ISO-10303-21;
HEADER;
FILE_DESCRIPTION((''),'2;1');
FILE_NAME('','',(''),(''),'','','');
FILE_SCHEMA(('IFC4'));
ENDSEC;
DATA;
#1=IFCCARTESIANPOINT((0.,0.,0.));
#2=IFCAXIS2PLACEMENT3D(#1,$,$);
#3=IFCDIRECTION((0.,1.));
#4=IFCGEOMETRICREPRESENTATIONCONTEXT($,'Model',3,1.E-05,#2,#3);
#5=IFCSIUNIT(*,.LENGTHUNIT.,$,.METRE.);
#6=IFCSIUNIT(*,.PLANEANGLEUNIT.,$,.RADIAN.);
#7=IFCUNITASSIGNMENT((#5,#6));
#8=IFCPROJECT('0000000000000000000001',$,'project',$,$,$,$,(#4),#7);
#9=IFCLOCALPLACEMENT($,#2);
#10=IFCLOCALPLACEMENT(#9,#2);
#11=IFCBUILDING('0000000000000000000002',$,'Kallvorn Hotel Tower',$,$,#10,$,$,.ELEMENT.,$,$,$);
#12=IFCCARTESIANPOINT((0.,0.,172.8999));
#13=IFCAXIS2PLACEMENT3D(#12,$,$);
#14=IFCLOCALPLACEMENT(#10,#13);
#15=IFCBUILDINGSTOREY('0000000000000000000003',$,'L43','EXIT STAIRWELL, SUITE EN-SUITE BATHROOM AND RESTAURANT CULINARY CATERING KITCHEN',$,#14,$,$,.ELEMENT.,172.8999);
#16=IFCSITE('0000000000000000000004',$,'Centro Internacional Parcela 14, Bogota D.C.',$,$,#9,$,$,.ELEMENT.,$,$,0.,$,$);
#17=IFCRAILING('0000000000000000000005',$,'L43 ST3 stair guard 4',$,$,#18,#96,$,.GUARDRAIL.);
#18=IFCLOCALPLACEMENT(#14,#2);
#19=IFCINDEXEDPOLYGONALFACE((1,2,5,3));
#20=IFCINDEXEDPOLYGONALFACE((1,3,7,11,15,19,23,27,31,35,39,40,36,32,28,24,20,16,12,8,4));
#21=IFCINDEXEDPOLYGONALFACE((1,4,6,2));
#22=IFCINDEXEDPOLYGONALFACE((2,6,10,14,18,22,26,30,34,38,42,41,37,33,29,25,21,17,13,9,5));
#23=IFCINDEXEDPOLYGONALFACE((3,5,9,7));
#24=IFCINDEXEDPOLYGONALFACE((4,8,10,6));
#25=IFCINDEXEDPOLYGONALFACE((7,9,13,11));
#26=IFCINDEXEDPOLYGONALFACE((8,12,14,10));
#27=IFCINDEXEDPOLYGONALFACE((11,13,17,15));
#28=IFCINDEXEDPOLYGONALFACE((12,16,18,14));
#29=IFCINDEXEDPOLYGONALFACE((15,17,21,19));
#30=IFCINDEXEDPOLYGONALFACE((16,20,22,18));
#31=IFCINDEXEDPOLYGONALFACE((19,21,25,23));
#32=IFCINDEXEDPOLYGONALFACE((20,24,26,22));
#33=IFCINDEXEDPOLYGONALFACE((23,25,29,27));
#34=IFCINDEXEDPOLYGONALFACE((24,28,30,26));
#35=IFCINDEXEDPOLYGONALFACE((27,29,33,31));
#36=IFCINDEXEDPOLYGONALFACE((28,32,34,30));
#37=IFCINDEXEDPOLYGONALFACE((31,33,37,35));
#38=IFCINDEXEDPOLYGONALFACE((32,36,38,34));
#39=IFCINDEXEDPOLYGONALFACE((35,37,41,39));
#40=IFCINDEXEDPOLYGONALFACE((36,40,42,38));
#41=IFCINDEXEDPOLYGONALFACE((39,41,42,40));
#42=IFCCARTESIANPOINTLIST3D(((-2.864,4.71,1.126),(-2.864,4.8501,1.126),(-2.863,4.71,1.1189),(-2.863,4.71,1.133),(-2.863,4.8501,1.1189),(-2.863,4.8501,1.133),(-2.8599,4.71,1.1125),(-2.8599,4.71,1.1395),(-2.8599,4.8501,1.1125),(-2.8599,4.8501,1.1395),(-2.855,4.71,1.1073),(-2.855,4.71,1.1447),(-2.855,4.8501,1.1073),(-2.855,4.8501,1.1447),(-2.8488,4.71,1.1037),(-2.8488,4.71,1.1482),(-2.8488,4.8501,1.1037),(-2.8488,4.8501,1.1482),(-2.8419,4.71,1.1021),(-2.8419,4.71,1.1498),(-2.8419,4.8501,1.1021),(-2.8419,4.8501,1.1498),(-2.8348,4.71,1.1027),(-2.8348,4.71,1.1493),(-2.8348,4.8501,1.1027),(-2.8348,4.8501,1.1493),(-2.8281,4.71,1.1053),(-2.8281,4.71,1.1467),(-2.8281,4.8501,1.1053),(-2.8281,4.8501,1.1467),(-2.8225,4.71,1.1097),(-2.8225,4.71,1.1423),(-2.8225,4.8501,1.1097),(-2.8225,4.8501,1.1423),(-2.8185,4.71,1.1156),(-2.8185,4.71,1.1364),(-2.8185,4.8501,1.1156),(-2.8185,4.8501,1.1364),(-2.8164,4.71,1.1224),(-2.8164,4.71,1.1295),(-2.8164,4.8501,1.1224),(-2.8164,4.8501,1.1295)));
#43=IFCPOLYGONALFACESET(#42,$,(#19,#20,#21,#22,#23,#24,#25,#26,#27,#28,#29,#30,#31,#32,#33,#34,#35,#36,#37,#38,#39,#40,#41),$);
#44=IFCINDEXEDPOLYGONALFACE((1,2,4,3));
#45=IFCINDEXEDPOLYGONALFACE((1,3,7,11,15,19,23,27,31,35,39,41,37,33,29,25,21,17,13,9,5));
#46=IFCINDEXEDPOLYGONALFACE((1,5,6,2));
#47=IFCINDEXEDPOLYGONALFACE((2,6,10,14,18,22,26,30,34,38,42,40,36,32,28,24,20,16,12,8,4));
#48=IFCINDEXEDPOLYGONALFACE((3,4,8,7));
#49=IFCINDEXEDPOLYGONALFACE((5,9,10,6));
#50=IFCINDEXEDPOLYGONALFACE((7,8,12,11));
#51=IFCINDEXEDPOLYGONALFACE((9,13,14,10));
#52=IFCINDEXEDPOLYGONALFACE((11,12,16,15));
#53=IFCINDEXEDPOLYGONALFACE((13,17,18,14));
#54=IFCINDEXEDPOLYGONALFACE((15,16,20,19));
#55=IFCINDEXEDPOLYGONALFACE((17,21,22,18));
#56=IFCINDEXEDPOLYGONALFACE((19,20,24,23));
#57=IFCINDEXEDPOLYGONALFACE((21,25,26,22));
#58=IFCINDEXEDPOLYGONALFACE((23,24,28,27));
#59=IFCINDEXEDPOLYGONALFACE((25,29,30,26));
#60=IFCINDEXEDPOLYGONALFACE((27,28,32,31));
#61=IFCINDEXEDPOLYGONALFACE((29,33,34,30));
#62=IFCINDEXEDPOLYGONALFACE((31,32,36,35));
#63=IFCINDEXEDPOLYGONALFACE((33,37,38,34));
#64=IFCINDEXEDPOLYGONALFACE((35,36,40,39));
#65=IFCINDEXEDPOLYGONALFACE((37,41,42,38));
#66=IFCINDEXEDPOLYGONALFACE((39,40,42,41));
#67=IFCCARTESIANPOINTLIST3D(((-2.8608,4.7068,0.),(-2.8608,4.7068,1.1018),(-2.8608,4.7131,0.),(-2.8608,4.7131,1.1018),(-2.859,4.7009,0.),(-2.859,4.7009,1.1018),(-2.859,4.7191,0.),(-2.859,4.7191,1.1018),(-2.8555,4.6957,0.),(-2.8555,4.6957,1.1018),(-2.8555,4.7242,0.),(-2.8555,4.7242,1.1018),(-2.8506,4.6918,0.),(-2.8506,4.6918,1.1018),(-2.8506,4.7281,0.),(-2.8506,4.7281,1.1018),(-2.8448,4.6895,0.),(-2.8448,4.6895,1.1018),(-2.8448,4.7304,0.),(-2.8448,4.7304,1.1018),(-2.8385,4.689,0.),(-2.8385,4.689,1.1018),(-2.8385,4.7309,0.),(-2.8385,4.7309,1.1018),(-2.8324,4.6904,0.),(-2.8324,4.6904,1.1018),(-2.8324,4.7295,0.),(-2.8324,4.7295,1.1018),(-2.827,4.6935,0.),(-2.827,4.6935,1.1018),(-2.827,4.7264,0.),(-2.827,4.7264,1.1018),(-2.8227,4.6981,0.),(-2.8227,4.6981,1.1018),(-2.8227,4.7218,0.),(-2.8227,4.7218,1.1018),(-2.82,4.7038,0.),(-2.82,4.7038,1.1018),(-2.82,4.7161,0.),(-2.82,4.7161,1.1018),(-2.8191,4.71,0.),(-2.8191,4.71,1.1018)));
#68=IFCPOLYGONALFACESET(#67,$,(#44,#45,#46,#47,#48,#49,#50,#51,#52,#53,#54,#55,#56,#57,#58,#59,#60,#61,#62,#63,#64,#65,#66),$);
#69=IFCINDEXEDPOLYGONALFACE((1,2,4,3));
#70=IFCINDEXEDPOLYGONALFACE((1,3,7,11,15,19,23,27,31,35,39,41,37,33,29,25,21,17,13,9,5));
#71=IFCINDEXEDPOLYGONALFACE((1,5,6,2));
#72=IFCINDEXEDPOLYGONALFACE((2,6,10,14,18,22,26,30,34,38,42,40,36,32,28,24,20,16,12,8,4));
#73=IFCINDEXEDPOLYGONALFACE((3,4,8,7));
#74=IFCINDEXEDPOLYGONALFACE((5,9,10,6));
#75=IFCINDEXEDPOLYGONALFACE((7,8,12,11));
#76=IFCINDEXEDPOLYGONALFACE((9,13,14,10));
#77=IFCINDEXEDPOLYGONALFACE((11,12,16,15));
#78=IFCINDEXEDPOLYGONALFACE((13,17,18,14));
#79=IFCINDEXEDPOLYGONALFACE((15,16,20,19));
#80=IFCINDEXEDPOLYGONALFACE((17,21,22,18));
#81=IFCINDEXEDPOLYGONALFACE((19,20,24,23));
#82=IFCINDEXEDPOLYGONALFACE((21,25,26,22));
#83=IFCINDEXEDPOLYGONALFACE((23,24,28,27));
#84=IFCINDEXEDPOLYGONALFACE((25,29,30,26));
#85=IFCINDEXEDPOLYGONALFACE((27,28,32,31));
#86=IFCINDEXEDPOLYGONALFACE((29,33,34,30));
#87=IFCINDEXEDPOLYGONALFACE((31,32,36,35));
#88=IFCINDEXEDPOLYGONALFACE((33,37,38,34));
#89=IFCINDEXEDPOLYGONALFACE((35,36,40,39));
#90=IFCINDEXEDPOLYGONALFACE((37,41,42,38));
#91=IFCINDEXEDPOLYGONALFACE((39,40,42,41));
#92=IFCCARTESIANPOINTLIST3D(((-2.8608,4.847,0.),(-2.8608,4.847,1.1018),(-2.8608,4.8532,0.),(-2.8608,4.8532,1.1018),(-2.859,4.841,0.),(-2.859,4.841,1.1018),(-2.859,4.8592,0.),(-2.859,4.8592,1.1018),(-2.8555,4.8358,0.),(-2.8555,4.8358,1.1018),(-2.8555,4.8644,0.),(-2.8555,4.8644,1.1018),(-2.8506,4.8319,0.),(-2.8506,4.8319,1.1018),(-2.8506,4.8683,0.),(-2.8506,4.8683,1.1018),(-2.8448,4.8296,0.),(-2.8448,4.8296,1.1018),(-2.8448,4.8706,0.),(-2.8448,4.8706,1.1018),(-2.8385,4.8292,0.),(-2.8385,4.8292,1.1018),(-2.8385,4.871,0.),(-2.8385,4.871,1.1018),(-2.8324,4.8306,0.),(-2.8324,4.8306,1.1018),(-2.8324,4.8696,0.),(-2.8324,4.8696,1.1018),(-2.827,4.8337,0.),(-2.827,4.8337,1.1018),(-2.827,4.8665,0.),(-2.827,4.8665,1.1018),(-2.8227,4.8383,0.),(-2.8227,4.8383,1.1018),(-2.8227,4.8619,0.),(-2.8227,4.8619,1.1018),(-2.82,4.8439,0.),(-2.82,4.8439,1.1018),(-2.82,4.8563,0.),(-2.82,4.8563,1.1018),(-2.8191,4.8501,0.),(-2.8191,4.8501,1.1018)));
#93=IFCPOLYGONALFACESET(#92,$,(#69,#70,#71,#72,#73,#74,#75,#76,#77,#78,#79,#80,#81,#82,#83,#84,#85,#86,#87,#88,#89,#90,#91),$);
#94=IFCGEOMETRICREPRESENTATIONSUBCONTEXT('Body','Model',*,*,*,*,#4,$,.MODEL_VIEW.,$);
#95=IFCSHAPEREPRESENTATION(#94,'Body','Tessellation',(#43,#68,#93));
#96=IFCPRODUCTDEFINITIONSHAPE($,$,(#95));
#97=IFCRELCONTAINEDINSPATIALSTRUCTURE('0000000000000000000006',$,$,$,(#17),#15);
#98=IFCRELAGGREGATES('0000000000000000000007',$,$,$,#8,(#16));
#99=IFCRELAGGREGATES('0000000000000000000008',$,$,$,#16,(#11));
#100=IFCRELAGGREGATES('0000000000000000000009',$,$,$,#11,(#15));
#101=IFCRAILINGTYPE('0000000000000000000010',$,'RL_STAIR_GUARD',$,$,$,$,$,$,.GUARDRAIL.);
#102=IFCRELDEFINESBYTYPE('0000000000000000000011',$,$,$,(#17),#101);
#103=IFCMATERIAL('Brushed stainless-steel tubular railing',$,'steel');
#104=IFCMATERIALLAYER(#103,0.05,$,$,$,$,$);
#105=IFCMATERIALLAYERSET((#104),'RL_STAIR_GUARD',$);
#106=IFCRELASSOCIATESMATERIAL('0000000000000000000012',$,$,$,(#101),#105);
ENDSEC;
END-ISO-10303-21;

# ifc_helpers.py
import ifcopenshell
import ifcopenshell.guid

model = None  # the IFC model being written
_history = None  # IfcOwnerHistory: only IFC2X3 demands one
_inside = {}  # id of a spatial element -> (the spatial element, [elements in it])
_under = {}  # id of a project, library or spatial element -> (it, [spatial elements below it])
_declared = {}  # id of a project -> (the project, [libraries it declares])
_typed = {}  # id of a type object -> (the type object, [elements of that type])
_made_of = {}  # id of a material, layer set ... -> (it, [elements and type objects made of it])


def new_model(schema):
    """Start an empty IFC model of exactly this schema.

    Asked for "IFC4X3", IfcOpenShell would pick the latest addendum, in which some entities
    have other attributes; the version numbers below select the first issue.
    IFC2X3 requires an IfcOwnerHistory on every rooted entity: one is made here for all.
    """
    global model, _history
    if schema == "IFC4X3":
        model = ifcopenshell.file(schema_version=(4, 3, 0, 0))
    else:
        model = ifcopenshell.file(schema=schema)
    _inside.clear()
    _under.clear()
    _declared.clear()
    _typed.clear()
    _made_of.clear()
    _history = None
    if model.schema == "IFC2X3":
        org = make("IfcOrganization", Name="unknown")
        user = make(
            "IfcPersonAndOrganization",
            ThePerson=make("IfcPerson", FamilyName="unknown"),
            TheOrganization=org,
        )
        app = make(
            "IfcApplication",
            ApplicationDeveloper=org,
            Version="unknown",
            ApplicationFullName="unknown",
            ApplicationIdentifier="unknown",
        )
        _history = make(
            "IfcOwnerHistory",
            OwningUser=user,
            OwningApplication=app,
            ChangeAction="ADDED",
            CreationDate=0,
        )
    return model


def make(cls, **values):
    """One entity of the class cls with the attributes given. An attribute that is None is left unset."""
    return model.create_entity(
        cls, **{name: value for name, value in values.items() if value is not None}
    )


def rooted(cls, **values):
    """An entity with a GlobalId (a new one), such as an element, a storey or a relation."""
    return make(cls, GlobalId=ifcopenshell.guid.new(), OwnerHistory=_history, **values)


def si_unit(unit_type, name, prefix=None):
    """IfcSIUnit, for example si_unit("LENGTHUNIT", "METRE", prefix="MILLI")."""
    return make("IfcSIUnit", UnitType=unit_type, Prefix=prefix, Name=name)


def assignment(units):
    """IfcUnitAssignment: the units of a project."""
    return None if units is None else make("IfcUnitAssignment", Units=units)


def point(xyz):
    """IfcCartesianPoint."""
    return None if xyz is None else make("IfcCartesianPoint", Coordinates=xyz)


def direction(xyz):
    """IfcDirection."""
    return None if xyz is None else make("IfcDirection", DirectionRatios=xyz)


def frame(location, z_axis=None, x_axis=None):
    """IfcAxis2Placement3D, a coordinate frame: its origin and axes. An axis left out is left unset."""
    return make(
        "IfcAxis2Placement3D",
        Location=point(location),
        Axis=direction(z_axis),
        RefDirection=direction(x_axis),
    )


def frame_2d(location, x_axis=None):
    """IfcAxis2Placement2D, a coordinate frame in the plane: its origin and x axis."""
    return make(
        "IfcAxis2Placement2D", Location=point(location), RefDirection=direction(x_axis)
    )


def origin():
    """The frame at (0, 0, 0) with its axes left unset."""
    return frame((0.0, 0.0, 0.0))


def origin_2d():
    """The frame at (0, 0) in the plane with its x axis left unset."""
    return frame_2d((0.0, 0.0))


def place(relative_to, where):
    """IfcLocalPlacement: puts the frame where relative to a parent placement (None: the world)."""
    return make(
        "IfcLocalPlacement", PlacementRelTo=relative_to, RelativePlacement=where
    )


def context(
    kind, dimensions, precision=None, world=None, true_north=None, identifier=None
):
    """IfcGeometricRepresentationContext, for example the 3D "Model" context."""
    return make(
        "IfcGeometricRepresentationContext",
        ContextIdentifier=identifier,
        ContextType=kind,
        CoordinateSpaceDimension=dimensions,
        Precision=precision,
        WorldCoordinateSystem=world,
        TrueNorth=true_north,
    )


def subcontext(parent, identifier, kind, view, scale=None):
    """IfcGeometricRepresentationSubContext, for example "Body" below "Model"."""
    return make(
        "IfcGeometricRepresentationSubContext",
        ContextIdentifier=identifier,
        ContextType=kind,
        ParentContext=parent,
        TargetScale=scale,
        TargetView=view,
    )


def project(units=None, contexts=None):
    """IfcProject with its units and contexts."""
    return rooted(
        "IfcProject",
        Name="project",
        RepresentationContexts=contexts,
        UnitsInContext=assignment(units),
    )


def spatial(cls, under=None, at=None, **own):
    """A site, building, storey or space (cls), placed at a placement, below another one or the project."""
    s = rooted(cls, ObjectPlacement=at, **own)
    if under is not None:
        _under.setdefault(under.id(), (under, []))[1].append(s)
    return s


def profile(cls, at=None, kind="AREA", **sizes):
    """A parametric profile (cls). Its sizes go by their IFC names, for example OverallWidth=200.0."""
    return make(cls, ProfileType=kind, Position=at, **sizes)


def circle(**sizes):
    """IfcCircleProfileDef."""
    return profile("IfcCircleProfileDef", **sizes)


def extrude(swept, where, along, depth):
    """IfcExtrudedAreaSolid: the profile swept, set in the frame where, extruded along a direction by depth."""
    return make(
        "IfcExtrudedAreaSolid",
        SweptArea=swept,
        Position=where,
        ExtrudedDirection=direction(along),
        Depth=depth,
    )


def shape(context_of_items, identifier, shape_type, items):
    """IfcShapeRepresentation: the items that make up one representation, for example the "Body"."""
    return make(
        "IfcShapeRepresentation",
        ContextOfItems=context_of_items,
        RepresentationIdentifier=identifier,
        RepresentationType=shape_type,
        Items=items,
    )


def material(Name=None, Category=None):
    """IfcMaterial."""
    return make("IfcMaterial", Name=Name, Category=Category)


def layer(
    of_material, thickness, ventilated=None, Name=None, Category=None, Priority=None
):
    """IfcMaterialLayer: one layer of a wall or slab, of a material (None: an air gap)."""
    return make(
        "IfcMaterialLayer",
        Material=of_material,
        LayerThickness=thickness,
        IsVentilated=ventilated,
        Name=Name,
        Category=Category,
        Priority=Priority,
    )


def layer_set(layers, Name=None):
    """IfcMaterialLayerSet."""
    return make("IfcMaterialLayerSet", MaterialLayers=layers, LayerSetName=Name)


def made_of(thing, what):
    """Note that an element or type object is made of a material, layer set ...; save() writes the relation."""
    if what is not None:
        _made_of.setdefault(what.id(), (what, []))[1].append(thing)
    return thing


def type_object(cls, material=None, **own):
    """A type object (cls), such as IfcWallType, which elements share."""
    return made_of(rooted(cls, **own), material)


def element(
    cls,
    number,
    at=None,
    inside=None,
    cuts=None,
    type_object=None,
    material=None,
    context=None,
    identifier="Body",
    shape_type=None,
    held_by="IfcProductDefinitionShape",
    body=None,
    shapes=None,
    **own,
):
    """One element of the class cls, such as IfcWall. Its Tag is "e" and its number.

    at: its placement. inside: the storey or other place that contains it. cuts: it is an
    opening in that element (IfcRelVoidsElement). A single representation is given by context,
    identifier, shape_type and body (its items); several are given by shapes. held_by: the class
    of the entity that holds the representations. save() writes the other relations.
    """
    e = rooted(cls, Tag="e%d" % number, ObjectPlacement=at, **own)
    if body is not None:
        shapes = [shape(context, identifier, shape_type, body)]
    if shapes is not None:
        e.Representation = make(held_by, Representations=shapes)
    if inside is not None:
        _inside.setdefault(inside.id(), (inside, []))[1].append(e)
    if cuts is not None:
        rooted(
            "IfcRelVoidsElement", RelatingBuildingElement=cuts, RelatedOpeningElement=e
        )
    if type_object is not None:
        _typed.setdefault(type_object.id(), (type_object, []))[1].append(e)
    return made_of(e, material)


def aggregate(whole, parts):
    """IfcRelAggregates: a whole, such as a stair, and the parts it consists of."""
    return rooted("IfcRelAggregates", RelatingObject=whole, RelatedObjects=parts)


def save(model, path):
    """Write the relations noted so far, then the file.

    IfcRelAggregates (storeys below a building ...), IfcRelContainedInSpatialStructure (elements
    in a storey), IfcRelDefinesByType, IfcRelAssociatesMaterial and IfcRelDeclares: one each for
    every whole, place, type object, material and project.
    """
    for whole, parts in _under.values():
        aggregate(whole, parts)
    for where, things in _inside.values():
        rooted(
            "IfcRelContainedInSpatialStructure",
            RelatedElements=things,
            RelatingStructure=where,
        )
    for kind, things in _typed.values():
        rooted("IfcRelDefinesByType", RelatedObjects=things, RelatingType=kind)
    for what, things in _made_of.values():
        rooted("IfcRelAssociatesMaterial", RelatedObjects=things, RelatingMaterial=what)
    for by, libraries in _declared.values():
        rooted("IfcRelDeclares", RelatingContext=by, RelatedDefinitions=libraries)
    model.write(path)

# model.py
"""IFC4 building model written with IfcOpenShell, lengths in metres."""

from ifc_helpers import new_model, si_unit, direction, frame, origin, origin_2d, place, context, subcontext, project, spatial, circle, extrude, material, layer, layer_set, type_object, element, save


model = new_model("IFC4")

# Units and contexts
model_context = context("Model", 3, precision=1e-05, world=origin(), true_north=direction((0.0, 1.0)))
body_context = subcontext(model_context, "Body", "Model", "MODEL_VIEW")
ifc_project = project(units=[si_unit("LENGTHUNIT", "METRE"), si_unit("PLANEANGLEUNIT", "RADIAN")], contexts=[model_context])

# Site, building, storey
site_placement = place(None, origin())
site = spatial("IfcSite", under=ifc_project, at=site_placement, Name="Centro Internacional Parcela 14, Bogota D.C.", CompositionType="ELEMENT", RefElevation=0.0)
building_placement = place(site_placement, origin())
building = spatial("IfcBuilding", under=site, at=building_placement, Name="Kallvorn Hotel Tower", CompositionType="ELEMENT")
storey_placement = place(building_placement, frame((0.0, 0.0, 172.8999)))
storey = spatial("IfcBuildingStorey", under=building, at=storey_placement, Name="L43", Description="EXIT STAIRWELL, SUITE EN-SUITE BATHROOM AND RESTAURANT CULINARY CATERING KITCHEN", CompositionType="ELEMENT", Elevation=172.8999)

# Railing
ifc_material_1 = material(Name="Brushed stainless-steel tubular railing", Category="steel")
ifc_layer_1 = layer(ifc_material_1, 0.05)
ifc_layer_set_1 = layer_set([ifc_layer_1], Name="RL_STAIR_GUARD")
railing_type_1 = type_object("IfcRailingType", Name="RL_STAIR_GUARD", PredefinedType="GUARDRAIL", material=ifc_layer_set_1)
railing_1_placement = place(storey_placement, frame((-2.8401, 4.71, 0.0)))
element("IfcRailing", 1, at=railing_1_placement, inside=storey, type_object=railing_type_1, Name="L43 ST3 stair guard 4", PredefinedType="GUARDRAIL", context=body_context, shape_type="SweptSolid", body=[
    extrude(circle(Radius=0.0239, at=origin_2d()), frame((0.0, 0.0, 1.126), z_axis=(0.0, 1.0, 0.0), x_axis=(-1.0, 0.0, 0.0)), (0.0, 0.0, 1.0), 0.1401),
    extrude(circle(Radius=0.021, at=origin_2d()), origin(), (0.0, 0.0, 1.0), 1.1018),
    extrude(circle(Radius=0.021, at=origin_2d()), frame((0.0, 0.1401, 0.0)), (0.0, 0.0, 1.0), 1.1018),
])

save(model, "model.ifc")
